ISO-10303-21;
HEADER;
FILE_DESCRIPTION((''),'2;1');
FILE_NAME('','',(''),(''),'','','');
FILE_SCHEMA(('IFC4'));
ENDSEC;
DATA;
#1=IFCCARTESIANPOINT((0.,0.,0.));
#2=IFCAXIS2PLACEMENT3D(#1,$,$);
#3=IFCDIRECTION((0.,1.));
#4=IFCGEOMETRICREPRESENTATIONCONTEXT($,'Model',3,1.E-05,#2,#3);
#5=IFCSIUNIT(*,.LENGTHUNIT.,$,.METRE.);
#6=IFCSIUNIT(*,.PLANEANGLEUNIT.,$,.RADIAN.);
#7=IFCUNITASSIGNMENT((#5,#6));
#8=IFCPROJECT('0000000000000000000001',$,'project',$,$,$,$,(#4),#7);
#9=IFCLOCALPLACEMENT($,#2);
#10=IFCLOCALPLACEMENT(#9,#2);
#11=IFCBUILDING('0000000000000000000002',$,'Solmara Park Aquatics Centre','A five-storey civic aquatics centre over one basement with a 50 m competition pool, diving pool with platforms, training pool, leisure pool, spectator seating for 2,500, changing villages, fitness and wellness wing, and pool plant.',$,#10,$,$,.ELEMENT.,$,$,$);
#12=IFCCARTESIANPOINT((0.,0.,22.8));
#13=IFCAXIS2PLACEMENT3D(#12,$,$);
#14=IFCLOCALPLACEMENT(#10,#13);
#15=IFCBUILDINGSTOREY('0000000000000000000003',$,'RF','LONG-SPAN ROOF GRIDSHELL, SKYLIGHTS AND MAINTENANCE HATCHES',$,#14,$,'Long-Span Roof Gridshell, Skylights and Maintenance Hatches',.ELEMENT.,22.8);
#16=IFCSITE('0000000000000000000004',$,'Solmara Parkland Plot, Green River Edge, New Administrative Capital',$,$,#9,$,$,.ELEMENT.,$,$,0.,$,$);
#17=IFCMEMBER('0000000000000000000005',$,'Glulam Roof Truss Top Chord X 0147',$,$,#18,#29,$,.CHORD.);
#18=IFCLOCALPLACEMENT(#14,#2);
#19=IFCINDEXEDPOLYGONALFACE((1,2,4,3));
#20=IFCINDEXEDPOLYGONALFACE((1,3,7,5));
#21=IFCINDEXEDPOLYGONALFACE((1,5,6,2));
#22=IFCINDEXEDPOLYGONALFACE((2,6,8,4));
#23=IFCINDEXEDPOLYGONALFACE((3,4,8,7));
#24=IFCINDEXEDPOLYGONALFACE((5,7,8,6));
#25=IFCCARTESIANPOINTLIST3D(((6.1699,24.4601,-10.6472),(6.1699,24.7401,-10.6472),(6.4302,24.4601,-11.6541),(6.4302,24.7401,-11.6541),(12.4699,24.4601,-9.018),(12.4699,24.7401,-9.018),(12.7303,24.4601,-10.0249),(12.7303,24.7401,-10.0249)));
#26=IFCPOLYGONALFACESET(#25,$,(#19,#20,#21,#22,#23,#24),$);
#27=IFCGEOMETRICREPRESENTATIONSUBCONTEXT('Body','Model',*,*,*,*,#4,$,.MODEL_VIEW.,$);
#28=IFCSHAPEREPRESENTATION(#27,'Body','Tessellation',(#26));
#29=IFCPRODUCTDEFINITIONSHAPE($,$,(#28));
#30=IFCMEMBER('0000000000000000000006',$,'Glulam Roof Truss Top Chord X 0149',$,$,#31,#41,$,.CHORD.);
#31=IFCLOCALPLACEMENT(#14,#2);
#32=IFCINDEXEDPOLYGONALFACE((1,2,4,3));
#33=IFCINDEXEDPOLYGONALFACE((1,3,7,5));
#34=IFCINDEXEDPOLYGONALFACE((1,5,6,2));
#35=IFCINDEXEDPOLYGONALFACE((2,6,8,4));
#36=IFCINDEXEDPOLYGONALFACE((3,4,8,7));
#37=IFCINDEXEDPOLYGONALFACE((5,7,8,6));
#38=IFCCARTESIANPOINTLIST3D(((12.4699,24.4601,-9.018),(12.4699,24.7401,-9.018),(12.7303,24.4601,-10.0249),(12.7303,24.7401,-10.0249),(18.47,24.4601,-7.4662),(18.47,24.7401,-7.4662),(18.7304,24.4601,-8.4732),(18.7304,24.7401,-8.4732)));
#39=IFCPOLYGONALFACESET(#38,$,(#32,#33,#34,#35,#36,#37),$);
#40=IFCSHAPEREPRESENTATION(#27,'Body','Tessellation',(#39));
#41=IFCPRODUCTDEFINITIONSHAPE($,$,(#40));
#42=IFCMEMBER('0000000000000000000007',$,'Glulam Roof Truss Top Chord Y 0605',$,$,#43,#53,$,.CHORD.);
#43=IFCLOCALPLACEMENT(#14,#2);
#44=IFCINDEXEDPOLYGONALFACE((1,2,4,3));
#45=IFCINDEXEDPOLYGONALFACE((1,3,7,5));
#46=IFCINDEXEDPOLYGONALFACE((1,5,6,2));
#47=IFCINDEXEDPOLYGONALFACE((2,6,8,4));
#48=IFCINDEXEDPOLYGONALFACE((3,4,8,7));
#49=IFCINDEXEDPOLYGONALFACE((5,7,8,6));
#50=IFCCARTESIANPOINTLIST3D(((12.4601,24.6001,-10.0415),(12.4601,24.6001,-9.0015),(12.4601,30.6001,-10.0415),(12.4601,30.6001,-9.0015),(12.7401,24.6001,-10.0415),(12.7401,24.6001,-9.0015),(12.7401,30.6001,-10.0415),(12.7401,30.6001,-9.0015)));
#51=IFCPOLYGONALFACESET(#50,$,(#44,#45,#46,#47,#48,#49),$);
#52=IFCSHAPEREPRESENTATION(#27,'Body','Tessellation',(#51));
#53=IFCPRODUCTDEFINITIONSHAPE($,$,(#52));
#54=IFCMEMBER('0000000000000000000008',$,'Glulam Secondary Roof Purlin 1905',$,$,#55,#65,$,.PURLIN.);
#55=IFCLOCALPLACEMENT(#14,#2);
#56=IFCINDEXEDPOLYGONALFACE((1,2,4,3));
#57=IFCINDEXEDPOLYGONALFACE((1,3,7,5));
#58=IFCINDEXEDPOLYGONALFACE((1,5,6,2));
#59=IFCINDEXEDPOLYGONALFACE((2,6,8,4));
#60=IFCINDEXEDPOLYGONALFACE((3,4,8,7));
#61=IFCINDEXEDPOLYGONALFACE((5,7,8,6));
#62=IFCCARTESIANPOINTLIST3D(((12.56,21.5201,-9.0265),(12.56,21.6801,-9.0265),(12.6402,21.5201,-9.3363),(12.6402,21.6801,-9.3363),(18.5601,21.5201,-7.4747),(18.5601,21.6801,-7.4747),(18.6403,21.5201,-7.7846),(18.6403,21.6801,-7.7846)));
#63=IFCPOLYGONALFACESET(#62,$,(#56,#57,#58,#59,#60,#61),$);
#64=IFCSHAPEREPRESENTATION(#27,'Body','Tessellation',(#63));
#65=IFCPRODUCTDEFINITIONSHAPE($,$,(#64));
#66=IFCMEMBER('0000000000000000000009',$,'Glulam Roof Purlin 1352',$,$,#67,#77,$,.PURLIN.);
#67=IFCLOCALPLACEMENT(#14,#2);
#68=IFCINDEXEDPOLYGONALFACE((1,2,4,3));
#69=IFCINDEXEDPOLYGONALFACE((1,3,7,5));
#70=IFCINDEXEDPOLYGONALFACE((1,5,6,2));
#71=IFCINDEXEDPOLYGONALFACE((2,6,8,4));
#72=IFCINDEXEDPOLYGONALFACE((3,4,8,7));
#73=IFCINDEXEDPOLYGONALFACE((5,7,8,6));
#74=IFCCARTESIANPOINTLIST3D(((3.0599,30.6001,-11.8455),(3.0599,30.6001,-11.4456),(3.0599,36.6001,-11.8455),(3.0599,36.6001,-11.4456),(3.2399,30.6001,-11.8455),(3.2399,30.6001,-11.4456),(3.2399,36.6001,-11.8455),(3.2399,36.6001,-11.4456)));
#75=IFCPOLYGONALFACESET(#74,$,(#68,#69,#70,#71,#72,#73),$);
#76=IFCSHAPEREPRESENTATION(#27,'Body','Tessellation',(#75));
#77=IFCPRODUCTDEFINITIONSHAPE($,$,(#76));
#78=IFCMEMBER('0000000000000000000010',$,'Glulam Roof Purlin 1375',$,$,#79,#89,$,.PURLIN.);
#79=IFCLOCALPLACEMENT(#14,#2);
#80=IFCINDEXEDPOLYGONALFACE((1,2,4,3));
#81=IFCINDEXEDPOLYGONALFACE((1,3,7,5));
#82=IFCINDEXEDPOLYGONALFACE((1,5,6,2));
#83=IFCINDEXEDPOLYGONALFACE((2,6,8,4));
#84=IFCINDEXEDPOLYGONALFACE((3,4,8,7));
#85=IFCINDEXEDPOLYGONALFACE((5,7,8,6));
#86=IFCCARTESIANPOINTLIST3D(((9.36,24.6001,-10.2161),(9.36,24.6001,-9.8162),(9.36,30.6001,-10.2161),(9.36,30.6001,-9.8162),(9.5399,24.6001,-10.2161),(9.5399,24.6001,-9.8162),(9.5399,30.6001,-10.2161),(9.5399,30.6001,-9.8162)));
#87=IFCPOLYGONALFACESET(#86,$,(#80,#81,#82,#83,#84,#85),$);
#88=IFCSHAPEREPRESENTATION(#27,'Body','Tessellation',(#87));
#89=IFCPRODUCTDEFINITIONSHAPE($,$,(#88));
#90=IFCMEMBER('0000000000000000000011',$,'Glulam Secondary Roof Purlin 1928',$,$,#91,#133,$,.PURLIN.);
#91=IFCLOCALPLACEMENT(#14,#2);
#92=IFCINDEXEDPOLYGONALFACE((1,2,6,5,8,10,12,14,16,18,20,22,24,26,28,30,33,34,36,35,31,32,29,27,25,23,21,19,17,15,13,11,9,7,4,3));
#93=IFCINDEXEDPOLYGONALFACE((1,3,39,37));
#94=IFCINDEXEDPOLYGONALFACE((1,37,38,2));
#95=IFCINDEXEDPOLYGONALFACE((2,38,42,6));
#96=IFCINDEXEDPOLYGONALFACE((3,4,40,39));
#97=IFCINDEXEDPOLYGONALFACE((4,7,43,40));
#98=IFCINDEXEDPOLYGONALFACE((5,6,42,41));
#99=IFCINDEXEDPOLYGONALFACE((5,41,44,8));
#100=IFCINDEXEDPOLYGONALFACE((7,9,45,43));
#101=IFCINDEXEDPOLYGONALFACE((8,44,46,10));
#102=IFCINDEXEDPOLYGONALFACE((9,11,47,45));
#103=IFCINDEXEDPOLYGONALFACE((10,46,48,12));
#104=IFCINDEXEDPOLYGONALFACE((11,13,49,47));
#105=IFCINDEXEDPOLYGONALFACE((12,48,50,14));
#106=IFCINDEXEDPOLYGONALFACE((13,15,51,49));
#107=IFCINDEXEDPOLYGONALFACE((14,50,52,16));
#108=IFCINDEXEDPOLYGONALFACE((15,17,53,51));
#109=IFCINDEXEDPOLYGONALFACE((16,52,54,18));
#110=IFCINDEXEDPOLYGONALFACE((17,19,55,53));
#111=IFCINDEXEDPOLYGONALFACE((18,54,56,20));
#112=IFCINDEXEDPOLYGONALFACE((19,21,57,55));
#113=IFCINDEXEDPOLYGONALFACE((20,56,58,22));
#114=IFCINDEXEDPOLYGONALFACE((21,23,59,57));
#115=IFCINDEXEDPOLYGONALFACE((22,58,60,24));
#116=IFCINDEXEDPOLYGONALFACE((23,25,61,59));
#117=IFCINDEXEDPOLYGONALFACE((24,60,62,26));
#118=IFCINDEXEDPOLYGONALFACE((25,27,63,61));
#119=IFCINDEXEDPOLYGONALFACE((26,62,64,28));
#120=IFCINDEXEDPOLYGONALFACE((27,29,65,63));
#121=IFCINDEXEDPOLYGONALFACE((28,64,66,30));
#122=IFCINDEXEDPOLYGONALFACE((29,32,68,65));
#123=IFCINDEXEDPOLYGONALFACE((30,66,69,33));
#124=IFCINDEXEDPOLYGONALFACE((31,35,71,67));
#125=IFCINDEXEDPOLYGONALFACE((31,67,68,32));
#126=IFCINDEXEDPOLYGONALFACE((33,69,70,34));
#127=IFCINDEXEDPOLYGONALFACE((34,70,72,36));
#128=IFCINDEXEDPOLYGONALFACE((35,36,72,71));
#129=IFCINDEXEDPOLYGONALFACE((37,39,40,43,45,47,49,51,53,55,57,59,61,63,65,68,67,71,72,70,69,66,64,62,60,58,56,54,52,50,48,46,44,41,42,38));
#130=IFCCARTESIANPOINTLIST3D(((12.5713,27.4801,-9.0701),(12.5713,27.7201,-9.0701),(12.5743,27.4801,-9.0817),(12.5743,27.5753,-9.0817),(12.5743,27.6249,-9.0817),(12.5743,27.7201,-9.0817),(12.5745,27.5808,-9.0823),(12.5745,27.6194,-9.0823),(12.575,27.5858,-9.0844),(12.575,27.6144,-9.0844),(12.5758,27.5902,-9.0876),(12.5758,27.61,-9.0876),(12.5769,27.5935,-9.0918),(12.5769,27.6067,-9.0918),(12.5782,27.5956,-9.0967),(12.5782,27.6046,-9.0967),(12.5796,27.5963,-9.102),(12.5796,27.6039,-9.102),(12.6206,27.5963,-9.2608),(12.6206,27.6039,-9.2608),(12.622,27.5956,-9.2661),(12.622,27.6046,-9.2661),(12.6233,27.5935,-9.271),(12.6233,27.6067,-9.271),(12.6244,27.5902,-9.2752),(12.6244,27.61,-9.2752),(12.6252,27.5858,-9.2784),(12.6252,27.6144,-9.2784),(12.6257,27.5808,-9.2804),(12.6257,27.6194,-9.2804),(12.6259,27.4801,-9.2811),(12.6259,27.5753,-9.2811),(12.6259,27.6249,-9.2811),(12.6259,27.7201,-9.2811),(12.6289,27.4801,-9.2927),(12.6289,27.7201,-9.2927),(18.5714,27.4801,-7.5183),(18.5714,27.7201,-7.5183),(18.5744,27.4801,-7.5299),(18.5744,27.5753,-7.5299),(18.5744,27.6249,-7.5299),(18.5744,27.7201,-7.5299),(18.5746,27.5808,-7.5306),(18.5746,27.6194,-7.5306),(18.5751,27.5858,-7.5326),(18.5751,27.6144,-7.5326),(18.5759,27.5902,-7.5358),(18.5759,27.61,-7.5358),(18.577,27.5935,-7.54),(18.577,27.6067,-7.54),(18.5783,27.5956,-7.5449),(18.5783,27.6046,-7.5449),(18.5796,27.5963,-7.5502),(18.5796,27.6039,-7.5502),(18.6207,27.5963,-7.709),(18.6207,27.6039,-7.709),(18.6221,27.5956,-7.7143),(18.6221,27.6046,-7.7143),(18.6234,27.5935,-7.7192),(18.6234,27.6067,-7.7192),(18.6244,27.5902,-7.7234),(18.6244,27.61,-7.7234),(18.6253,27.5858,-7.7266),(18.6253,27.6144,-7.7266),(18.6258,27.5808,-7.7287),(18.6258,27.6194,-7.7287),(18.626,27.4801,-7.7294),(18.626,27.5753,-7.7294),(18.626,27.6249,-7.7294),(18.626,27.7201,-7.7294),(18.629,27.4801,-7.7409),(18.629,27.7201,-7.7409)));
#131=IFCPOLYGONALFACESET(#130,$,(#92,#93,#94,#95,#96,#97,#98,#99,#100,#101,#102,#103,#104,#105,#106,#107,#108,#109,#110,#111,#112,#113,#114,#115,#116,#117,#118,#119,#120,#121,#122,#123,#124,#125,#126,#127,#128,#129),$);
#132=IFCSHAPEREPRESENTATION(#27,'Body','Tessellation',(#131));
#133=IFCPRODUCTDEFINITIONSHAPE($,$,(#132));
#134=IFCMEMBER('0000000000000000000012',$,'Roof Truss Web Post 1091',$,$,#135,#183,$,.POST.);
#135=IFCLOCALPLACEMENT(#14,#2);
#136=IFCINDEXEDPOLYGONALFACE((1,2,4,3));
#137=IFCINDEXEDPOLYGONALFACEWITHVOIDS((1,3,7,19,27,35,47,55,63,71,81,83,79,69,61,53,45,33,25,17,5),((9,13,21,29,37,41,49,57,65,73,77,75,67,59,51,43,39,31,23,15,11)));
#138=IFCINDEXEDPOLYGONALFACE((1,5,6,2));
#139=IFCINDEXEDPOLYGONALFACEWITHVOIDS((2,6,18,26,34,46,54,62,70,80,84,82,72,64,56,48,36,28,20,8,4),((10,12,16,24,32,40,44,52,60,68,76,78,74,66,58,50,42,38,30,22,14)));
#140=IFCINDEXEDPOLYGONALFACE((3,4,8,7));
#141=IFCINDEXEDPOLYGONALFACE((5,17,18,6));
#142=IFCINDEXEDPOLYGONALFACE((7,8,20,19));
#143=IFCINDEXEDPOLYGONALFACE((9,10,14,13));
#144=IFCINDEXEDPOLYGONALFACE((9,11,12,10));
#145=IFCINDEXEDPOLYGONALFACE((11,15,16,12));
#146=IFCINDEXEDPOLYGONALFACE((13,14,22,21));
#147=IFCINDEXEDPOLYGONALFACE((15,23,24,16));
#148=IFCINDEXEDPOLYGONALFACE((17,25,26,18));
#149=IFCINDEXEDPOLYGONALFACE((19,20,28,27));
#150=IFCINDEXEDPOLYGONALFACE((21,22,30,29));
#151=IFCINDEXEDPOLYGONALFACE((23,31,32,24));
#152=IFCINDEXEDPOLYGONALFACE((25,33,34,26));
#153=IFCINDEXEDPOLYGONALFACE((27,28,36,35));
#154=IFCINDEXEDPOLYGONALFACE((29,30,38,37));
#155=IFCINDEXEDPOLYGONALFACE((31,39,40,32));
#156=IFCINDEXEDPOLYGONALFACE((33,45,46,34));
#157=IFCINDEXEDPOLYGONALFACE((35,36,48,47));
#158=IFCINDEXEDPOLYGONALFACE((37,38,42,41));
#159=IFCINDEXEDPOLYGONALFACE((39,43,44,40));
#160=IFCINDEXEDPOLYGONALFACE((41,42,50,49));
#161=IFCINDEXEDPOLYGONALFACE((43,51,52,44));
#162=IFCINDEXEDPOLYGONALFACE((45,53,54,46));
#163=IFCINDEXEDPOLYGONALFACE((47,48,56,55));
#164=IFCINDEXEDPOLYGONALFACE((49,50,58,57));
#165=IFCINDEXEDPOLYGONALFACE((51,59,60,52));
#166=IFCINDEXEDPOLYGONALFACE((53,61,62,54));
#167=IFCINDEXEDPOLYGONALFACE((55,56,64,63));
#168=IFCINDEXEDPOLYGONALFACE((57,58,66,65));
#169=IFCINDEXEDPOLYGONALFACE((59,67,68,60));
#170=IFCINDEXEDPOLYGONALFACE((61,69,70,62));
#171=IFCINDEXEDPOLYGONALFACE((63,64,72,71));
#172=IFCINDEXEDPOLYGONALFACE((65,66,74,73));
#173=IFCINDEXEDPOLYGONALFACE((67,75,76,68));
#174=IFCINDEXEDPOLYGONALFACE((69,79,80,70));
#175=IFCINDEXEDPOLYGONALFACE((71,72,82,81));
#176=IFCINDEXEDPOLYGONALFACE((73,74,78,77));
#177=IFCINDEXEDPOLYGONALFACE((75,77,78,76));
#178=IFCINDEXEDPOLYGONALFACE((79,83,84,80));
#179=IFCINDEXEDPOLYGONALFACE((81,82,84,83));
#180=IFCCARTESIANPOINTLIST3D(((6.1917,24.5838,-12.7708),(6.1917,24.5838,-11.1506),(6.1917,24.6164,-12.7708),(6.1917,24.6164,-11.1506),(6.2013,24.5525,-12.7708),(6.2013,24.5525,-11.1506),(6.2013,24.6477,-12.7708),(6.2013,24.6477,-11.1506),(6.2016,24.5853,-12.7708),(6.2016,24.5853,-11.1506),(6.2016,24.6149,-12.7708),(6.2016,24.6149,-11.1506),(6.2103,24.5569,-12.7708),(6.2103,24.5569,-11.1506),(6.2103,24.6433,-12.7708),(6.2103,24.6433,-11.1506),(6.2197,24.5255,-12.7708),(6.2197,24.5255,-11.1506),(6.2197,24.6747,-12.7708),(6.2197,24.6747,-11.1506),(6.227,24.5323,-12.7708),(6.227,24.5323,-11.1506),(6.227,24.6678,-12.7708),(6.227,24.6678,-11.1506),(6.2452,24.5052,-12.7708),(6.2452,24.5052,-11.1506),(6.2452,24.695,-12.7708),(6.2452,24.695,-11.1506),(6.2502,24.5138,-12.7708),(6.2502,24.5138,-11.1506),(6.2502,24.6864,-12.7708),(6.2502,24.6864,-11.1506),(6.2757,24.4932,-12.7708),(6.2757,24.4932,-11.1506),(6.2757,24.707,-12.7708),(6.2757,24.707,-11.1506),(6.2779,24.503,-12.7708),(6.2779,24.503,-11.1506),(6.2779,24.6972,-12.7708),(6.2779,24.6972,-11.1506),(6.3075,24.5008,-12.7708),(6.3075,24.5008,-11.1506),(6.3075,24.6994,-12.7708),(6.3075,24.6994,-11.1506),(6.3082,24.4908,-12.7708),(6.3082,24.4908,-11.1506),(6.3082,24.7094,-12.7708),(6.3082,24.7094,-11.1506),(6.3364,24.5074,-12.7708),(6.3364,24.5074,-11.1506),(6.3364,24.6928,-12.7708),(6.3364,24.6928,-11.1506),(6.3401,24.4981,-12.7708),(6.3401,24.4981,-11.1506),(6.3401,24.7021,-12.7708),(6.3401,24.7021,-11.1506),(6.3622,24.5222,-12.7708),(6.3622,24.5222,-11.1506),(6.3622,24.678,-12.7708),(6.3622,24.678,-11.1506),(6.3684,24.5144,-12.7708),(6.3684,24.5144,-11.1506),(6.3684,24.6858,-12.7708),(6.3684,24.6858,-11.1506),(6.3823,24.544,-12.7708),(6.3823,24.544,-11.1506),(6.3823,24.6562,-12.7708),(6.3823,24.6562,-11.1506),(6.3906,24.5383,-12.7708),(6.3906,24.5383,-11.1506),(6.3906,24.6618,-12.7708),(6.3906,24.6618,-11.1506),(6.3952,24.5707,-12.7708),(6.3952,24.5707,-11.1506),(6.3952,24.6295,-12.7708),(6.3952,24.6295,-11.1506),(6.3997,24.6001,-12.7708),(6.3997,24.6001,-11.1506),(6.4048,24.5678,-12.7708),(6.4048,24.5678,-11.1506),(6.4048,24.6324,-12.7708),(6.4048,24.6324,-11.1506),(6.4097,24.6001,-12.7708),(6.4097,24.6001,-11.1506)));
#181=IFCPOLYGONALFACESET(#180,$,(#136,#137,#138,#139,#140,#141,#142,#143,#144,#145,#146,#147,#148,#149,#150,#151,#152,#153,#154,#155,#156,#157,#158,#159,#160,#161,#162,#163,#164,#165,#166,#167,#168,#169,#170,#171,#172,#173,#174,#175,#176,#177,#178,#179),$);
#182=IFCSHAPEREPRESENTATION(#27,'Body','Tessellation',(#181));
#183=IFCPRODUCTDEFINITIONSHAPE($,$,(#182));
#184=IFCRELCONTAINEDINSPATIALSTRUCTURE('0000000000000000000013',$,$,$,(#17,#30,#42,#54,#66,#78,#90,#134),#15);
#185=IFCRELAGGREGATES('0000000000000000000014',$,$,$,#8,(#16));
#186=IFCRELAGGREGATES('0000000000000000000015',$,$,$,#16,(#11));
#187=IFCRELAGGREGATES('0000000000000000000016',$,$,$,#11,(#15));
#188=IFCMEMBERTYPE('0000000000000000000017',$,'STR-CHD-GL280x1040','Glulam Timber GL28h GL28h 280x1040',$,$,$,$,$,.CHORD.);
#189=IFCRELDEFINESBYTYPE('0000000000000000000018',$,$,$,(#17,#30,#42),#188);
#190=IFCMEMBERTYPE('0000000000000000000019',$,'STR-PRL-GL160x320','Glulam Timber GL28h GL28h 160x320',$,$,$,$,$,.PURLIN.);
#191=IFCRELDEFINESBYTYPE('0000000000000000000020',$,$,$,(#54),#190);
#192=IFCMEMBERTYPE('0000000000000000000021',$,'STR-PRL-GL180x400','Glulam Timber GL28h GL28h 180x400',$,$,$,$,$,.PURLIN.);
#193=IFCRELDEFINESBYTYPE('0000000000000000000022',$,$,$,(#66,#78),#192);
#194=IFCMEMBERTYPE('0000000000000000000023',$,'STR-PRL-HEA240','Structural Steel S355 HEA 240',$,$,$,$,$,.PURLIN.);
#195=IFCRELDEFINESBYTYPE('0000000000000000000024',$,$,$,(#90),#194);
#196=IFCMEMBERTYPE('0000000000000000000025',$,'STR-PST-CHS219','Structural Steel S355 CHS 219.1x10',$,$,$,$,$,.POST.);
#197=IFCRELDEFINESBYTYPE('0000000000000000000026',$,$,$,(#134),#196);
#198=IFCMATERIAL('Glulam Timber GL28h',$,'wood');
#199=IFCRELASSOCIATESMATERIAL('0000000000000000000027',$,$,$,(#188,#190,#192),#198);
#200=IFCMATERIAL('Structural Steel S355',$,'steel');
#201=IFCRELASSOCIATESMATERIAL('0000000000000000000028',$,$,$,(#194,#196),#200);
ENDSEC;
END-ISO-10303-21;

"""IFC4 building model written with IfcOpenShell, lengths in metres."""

from ifc_helpers import new_model, si_unit, direction, frame, origin, origin_2d, place, context, subcontext, project, spatial, rectangle, hollow_circle, i_section, extrude, material, material_profile, profile_set, type_object, element, save


model = new_model("IFC4")

# Units and contexts
model_context = context("Model", 3, precision=1e-05, world=origin(), true_north=direction((0.0, 1.0)))
body_context = subcontext(model_context, "Body", "Model", "MODEL_VIEW")
ifc_project = project(units=[si_unit("LENGTHUNIT", "METRE"), si_unit("PLANEANGLEUNIT", "RADIAN")], contexts=[model_context])

# Site, building, storey
site_placement = place(None, origin())
site = spatial("IfcSite", under=ifc_project, at=site_placement, Name="Solmara Parkland Plot, Green River Edge, New Administrative Capital", CompositionType="ELEMENT", RefElevation=0.0)
building_placement = place(site_placement, origin())
building = spatial("IfcBuilding", under=site, at=building_placement, Name="Solmara Park Aquatics Centre", Description="A five-storey civic aquatics centre over one basement with a 50 m competition pool, diving pool with platforms, training pool, leisure pool, spectator seating for 2,500, changing villages, fitness and wellness wing, and pool plant.", CompositionType="ELEMENT")
storey_placement = place(building_placement, frame((0.0, 0.0, 22.8)))
storey = spatial("IfcBuildingStorey", under=building, at=storey_placement, Name="RF", Description="LONG-SPAN ROOF GRIDSHELL, SKYLIGHTS AND MAINTENANCE HATCHES", LongName="Long-Span Roof Gridshell, Skylights and Maintenance Hatches", CompositionType="ELEMENT", Elevation=22.8)

# Members
ifc_material_1 = material(Name="Structural Steel S355", Category="steel")
ifc_material_2 = material(Name="Glulam Timber GL28h", Category="wood")
ifc_material_profile_1 = material_profile(ifc_material_2, rectangle(XDim=0.28, YDim=1.04, at=origin_2d()), Name="GL28h 280x1040")
ifc_profile_set_1 = profile_set([ifc_material_profile_1], Name="Glulam Timber GL28h")
member_type_1 = type_object("IfcMemberType", Name="STR-CHD-GL280x1040", Description="Glulam Timber GL28h GL28h 280x1040", PredefinedType="CHORD", material=ifc_profile_set_1)
member_1_placement = place(storey_placement, frame((6.3, 24.6001, -11.1506), z_axis=(0.968153, 0.0, 0.250358), x_axis=(0.0, 1.0, 0.0)))
element("IfcMember", 1, at=member_1_placement, inside=storey, type_object=member_type_1, Name="Glulam Roof Truss Top Chord X 0147", PredefinedType="CHORD", context=body_context, shape_type="SweptSolid", body=[
    extrude(rectangle(XDim=0.28, YDim=1.04, at=origin_2d()), origin(), (0.0, 0.0, 1.0), 6.5073),
])
member_2_placement = place(storey_placement, frame((12.6001, 24.6001, -9.5215), z_axis=(0.968146, 0.0, 0.250388), x_axis=(0.0, 1.0, 0.0)))
element("IfcMember", 2, at=member_2_placement, inside=storey, type_object=member_type_1, Name="Glulam Roof Truss Top Chord X 0149", PredefinedType="CHORD", context=body_context, shape_type="SweptSolid", body=[
    extrude(rectangle(XDim=0.28, YDim=1.04, at=origin_2d()), origin(), (0.0, 0.0, 1.0), 6.1975),
])
member_3_placement = place(storey_placement, frame((12.6001, 24.6001, -9.5215), z_axis=(0.0, 1.0, 0.0), x_axis=(-1.0, 0.0, 0.0)))
element("IfcMember", 3, at=member_3_placement, inside=storey, type_object=member_type_1, Name="Glulam Roof Truss Top Chord Y 0605", PredefinedType="CHORD", context=body_context, shape_type="SweptSolid", body=[
    extrude(rectangle(XDim=0.28, YDim=1.04, at=origin_2d()), origin(), (0.0, 0.0, 1.0), 6.0),
])
ifc_material_profile_2 = material_profile(ifc_material_2, rectangle(XDim=0.1599, YDim=0.3201, at=origin_2d()), Name="GL28h 160x320")
ifc_profile_set_2 = profile_set([ifc_material_profile_2], Name="Glulam Timber GL28h")
member_type_2 = type_object("IfcMemberType", Name="STR-PRL-GL160x320", Description="Glulam Timber GL28h GL28h 160x320", PredefinedType="PURLIN", material=ifc_profile_set_2)
member_4_placement = place(storey_placement, frame((12.6001, 21.6001, -9.1814), z_axis=(0.968146, 0.0, 0.250388), x_axis=(0.0, 1.0, 0.0)))
element("IfcMember", 4, at=member_4_placement, inside=storey, type_object=member_type_2, Name="Glulam Secondary Roof Purlin 1905", PredefinedType="PURLIN", context=body_context, shape_type="SweptSolid", body=[
    extrude(rectangle(XDim=0.1599, YDim=0.3201, at=origin_2d()), origin(), (0.0, 0.0, 1.0), 6.1975),
])
ifc_material_profile_3 = material_profile(ifc_material_2, rectangle(XDim=0.1799, YDim=0.3999, at=origin_2d()), Name="GL28h 180x400")
ifc_profile_set_3 = profile_set([ifc_material_profile_3], Name="Glulam Timber GL28h")
member_type_3 = type_object("IfcMemberType", Name="STR-PRL-GL180x400", Description="Glulam Timber GL28h GL28h 180x400", PredefinedType="PURLIN", material=ifc_profile_set_3)
for number, where, z_axis, x_axis, name in (
    (5, (3.1499, 30.6001, -11.6455), (0.0, 1.0, 0.0), (-1.0, 0.0, 0.0), "Glulam Roof Purlin 1352"),
    (6, (9.45, 24.6001, -10.0161), (0.0, 1.0, 0.0), (-1.0, 0.0, 0.0), "Glulam Roof Purlin 1375"),
):
    element("IfcMember", number, at=place(storey_placement, frame(where, z_axis=z_axis, x_axis=x_axis)), inside=storey, type_object=member_type_3, Name=name, PredefinedType="PURLIN", context=body_context, shape_type="SweptSolid", body=[
        extrude(rectangle(XDim=0.1799, YDim=0.3999, at=origin_2d()), origin(), (0.0, 0.0, 1.0), 6.0),
    ])
ifc_material_profile_4 = material_profile(ifc_material_1, i_section(OverallWidth=0.24, OverallDepth=0.23, WebThickness=0.0076, FlangeThickness=0.012, FilletRadius=0.021, at=origin_2d()), Name="HEA 240")
ifc_profile_set_4 = profile_set([ifc_material_profile_4], Name="Structural Steel S355")
member_type_4 = type_object("IfcMemberType", Name="STR-PRL-HEA240", Description="Structural Steel S355 HEA 240", PredefinedType="PURLIN", material=ifc_profile_set_4)
member_5_placement = place(storey_placement, frame((12.6001, 27.6001, -9.1814), z_axis=(0.968146, 0.0, 0.250388), x_axis=(0.0, 1.0, 0.0)))
element("IfcMember", 7, at=member_5_placement, inside=storey, type_object=member_type_4, Name="Glulam Secondary Roof Purlin 1928", PredefinedType="PURLIN", context=body_context, shape_type="SweptSolid", body=[
    extrude(i_section(OverallWidth=0.24, OverallDepth=0.23, WebThickness=0.0076, FlangeThickness=0.012, FilletRadius=0.021, at=origin_2d()), origin(), (0.0, 0.0, 1.0), 6.1975),
])
ifc_material_profile_5 = material_profile(ifc_material_1, hollow_circle(Radius=0.1096, WallThickness=0.01, at=origin_2d()), Name="CHS 219.1x10")
ifc_profile_set_5 = profile_set([ifc_material_profile_5], Name="Structural Steel S355")
member_type_5 = type_object("IfcMemberType", Name="STR-PST-CHS219", Description="Structural Steel S355 CHS 219.1x10", PredefinedType="POST", material=ifc_profile_set_5)
member_6_placement = place(storey_placement, frame((6.3, 24.6001, -12.7708), z_axis=(0.0, 0.0, 1.0), x_axis=(1.0, 0.0, 0.0)))
element("IfcMember", 8, at=member_6_placement, inside=storey, type_object=member_type_5, Name="Roof Truss Web Post 1091", PredefinedType="POST", context=body_context, shape_type="SweptSolid", body=[
    extrude(hollow_circle(Radius=0.1096, WallThickness=0.01, at=origin_2d()), origin(), (0.0, 0.0, 1.0), 1.6201),
])

save(model, "model.ifc")
